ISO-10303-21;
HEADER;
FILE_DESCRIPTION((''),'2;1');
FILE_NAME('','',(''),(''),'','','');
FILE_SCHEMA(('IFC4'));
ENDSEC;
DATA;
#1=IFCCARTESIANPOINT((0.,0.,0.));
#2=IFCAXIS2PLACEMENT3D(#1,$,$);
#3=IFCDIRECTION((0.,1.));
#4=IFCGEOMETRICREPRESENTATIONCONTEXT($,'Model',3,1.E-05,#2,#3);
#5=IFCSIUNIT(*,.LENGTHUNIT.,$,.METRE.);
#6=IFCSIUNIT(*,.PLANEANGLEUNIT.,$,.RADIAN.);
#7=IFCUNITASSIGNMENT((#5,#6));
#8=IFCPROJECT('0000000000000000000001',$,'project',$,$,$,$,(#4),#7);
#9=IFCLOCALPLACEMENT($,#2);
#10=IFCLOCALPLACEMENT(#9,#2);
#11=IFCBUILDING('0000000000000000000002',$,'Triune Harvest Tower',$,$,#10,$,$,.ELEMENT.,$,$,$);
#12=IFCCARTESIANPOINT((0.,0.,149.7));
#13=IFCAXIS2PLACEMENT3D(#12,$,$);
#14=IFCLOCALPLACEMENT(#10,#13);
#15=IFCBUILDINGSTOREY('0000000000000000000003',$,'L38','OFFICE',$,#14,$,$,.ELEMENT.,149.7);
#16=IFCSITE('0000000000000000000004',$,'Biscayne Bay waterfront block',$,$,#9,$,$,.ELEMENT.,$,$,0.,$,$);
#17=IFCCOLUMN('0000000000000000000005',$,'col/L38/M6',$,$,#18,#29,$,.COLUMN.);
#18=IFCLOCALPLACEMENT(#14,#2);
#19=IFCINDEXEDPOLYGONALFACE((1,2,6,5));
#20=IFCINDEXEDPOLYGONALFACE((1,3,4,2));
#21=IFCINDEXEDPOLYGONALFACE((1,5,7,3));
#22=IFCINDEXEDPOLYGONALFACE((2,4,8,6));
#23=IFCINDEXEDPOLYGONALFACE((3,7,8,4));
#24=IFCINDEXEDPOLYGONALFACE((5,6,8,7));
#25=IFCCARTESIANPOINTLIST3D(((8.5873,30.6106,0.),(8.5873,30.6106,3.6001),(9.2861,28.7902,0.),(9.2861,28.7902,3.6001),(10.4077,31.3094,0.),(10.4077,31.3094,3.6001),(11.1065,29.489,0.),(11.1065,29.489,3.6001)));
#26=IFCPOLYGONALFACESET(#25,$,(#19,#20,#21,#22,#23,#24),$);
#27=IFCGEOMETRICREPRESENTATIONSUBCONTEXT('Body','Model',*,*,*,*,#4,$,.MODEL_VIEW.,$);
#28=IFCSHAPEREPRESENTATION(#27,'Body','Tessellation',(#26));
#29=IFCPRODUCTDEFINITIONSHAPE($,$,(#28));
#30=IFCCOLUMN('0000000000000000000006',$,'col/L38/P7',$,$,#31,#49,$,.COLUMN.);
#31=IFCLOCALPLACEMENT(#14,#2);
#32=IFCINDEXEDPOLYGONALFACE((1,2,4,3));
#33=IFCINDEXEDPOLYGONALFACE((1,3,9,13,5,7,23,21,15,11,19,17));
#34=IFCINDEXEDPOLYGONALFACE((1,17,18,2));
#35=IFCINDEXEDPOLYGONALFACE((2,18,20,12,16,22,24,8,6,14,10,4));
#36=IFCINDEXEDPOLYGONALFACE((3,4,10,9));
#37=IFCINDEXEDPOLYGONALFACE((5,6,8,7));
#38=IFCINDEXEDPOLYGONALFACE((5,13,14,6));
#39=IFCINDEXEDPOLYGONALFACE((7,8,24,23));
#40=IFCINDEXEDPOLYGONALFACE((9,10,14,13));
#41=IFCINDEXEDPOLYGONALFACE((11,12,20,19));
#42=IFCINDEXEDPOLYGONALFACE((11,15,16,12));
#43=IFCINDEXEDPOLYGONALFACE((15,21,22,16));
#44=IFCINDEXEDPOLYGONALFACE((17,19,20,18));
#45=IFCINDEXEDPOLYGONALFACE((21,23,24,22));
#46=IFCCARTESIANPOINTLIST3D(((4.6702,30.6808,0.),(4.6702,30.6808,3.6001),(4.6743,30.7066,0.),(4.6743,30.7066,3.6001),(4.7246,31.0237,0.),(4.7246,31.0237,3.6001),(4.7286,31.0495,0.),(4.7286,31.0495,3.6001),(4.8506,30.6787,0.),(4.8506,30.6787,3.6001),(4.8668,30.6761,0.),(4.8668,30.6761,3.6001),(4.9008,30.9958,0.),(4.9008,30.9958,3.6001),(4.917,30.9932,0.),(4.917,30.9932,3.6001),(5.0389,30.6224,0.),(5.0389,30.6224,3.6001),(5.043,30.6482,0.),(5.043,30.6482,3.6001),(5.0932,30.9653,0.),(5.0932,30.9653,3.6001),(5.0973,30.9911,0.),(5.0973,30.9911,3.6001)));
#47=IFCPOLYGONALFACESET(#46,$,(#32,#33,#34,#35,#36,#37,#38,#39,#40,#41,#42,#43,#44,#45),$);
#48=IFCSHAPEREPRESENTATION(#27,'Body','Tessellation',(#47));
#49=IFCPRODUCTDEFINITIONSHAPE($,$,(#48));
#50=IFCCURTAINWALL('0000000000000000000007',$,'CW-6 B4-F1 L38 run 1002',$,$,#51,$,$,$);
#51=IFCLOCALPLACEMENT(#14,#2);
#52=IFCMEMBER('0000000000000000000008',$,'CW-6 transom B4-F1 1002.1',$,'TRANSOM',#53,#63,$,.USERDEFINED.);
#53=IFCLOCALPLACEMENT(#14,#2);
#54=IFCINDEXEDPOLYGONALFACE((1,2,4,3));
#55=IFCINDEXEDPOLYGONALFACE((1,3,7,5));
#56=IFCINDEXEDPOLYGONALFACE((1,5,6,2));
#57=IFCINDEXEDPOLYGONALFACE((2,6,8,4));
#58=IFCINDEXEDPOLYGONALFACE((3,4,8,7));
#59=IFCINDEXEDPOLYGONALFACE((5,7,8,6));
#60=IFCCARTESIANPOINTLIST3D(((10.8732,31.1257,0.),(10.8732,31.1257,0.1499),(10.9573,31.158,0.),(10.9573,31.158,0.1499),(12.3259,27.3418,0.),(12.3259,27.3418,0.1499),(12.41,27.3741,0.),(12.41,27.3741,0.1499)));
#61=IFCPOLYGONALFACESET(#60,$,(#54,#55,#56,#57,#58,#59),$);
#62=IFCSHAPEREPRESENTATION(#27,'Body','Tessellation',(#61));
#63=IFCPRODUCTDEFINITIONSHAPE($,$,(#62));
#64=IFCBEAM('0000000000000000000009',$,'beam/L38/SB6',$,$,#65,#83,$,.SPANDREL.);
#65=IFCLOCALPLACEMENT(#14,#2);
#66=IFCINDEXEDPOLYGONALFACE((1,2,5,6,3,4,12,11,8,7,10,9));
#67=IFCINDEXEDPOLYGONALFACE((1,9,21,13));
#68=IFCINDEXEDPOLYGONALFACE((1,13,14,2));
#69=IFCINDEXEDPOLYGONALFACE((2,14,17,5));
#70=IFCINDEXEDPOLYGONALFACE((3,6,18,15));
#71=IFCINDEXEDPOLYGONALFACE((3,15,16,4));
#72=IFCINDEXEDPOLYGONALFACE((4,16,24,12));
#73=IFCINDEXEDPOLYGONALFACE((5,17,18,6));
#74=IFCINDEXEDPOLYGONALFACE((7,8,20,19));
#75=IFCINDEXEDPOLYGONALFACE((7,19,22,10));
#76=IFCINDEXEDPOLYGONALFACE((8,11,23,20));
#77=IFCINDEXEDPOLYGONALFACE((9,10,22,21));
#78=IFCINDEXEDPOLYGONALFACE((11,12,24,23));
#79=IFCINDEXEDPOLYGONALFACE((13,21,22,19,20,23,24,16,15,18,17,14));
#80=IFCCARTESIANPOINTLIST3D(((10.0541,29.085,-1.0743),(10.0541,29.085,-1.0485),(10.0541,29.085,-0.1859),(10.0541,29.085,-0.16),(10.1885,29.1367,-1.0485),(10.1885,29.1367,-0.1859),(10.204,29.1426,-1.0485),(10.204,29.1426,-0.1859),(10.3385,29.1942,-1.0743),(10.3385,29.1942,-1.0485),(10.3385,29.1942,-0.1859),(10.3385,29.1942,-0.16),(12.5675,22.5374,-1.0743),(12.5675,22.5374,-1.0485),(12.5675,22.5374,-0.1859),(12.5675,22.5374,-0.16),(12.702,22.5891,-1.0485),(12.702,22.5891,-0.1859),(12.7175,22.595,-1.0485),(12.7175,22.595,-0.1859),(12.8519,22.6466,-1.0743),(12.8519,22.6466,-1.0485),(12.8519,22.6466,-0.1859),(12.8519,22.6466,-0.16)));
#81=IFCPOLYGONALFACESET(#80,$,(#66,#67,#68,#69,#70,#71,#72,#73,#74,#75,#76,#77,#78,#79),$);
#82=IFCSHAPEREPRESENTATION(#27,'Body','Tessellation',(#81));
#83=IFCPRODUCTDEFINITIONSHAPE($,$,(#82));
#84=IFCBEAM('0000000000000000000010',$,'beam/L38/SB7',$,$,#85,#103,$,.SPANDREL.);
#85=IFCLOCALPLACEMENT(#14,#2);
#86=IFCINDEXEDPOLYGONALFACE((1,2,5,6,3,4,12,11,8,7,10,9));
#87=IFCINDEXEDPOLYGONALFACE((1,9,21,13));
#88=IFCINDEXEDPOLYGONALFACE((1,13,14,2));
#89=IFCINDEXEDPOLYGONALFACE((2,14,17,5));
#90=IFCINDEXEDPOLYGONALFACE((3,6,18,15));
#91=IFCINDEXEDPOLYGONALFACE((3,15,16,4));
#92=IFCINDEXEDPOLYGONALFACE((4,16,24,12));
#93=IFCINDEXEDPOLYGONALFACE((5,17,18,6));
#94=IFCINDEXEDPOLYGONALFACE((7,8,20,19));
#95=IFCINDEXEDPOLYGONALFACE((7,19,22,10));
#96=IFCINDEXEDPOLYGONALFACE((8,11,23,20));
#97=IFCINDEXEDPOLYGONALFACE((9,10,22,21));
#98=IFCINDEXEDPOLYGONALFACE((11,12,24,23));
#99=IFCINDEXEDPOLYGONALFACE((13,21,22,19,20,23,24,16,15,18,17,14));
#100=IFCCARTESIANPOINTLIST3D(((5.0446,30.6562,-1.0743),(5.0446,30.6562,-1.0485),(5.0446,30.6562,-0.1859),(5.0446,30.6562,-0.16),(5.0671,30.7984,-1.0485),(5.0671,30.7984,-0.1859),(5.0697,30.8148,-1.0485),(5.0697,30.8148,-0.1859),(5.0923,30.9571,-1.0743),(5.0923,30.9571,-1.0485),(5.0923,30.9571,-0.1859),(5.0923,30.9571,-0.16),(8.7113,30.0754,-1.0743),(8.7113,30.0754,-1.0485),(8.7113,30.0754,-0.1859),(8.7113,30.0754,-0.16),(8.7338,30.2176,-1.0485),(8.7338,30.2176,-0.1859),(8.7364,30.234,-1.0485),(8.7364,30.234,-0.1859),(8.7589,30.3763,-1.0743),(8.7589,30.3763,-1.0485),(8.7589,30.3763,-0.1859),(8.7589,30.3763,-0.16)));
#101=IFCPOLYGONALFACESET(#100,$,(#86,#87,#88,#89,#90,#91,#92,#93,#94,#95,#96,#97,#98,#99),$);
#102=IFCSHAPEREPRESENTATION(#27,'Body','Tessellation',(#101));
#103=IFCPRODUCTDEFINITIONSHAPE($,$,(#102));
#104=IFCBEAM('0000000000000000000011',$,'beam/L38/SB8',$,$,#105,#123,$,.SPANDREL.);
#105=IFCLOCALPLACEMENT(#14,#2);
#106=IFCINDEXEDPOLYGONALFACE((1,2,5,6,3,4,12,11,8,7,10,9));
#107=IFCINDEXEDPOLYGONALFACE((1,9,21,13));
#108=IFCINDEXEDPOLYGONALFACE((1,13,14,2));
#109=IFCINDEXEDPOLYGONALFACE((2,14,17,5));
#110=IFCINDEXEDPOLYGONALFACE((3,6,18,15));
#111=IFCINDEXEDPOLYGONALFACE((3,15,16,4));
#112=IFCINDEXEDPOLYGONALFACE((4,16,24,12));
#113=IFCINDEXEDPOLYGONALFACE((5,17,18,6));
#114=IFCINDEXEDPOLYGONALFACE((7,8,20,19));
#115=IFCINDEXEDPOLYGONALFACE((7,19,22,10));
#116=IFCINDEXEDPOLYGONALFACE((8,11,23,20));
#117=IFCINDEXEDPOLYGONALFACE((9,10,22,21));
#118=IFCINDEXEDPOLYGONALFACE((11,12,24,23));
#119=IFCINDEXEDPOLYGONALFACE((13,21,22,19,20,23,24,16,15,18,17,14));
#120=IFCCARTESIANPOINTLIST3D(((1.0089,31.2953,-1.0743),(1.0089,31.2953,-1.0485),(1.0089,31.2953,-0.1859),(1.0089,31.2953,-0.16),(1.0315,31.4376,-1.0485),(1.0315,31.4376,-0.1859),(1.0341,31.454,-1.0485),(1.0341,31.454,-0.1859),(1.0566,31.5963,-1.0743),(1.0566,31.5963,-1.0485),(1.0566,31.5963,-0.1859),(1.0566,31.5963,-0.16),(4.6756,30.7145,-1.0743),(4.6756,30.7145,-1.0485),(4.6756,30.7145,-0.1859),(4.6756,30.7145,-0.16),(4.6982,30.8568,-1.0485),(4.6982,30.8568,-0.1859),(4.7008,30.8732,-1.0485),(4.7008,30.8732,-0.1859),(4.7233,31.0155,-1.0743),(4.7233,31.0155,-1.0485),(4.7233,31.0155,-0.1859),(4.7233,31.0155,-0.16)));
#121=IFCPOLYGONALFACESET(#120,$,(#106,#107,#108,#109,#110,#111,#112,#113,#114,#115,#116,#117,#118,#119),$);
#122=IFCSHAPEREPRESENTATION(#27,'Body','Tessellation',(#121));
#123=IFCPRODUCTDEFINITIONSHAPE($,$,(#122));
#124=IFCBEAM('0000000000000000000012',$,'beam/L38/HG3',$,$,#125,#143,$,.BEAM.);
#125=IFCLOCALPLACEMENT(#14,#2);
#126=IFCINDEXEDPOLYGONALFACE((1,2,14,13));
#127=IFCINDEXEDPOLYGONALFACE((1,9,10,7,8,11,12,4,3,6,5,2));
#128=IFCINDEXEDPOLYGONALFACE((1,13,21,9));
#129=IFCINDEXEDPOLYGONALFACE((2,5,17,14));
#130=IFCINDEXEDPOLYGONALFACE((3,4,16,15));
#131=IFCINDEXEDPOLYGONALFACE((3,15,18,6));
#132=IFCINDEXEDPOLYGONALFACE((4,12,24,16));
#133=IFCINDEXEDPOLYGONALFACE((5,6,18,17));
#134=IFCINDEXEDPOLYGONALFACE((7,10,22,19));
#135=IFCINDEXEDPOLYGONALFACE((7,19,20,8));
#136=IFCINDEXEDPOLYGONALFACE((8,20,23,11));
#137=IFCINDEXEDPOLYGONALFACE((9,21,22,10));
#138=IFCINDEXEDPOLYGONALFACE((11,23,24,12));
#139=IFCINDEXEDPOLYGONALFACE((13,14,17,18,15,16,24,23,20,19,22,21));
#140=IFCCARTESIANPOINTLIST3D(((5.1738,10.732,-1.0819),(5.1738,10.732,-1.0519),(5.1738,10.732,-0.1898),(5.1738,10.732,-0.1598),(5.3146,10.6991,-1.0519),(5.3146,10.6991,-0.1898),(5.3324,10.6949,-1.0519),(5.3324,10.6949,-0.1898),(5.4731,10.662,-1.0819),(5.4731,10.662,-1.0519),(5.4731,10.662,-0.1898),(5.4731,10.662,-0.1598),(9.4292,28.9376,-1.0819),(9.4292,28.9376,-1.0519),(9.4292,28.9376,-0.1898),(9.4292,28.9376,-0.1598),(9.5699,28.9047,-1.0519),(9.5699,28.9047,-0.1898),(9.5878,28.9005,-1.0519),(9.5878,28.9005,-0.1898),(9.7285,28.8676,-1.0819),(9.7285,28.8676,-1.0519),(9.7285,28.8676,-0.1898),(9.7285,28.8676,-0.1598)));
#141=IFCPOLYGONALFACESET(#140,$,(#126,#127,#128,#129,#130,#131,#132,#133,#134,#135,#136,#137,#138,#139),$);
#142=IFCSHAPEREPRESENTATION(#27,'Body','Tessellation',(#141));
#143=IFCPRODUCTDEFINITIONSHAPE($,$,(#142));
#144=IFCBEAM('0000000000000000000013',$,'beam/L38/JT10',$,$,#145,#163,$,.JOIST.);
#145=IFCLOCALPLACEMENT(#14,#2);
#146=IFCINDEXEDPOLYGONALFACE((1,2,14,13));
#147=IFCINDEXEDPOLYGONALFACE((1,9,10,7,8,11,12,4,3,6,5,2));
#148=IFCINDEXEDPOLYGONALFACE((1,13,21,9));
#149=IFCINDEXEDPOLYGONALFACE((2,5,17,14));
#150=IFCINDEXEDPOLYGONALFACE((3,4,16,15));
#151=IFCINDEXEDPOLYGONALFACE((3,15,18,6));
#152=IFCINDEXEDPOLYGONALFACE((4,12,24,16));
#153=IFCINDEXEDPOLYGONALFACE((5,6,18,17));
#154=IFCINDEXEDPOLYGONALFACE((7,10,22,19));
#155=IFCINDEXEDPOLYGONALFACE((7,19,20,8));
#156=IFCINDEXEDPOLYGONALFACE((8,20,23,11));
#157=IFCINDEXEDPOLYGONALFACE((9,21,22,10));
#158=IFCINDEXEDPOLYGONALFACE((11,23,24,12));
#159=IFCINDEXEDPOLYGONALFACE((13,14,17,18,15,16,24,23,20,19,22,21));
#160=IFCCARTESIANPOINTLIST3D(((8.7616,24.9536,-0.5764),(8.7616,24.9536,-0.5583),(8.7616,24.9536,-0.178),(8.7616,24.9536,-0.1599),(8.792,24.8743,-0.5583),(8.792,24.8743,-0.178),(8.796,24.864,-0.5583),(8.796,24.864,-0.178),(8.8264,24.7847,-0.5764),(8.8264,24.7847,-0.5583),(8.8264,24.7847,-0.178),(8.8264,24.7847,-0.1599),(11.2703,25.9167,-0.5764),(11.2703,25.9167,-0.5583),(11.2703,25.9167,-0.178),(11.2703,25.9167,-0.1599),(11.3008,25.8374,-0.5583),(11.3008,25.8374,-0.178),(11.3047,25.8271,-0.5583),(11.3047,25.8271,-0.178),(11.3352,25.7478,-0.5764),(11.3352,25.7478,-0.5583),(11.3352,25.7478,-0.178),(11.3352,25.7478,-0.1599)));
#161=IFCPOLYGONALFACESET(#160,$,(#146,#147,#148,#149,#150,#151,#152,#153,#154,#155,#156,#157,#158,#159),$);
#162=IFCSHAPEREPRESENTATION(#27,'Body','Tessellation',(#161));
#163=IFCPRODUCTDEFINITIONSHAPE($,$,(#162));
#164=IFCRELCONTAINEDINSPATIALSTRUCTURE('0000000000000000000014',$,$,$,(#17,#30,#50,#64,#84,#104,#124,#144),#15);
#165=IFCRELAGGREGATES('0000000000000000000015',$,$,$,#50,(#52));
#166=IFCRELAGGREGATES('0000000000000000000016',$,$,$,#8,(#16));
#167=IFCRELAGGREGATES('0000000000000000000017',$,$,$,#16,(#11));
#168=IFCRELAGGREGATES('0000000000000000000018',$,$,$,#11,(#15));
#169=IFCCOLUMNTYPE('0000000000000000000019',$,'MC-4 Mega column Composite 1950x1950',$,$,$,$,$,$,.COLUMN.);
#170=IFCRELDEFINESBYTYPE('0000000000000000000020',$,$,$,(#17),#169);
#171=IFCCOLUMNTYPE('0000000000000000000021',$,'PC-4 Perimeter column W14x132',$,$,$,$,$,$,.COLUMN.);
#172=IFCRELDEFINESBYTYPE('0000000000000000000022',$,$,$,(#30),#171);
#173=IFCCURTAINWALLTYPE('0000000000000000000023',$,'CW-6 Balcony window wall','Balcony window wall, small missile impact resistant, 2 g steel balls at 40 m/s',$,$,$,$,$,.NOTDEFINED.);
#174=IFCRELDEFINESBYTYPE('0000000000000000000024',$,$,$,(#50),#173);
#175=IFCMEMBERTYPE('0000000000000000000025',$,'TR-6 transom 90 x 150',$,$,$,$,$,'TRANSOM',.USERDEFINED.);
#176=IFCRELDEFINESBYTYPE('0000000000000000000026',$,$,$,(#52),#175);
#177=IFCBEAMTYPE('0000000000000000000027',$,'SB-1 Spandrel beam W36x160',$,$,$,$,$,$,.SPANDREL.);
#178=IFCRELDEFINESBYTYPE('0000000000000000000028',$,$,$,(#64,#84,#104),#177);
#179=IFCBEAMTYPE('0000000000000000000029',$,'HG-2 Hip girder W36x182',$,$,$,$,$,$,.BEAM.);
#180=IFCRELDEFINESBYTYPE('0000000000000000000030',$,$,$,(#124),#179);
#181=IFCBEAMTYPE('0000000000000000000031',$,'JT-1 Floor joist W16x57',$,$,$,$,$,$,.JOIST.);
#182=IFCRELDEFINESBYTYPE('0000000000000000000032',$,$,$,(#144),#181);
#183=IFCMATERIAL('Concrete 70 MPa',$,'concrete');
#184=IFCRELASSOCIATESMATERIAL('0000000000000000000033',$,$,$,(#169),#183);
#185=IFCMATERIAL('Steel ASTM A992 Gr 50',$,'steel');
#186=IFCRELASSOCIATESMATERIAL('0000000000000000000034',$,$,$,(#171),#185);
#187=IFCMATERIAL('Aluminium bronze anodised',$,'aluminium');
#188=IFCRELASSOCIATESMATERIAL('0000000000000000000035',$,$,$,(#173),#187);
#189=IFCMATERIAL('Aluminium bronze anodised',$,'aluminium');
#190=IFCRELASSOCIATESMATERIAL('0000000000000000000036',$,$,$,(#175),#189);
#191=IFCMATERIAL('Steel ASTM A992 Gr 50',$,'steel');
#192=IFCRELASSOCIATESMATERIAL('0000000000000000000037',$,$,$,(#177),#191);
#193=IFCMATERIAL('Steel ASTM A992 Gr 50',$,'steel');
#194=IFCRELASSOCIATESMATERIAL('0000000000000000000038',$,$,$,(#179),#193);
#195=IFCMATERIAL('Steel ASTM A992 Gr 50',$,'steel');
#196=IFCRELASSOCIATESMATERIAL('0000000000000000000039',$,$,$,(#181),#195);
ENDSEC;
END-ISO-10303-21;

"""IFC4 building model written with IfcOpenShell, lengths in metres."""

from ifc_helpers import new_model, si_unit, direction, frame, origin, origin_2d, place, context, subcontext, project, spatial, rectangle, i_section, extrude, source, transform, mapped, material, material_profile, profile_set, type_object, element, aggregate, save


model = new_model("IFC4")

# Units and contexts
model_context = context("Model", 3, precision=1e-05, world=origin(), true_north=direction((0.0, 1.0)))
body_context = subcontext(model_context, "Body", "Model", "MODEL_VIEW")
ifc_project = project(units=[si_unit("LENGTHUNIT", "METRE"), si_unit("PLANEANGLEUNIT", "RADIAN")], contexts=[model_context])

# Site, building, storey
site_placement = place(None, origin())
site = spatial("IfcSite", under=ifc_project, at=site_placement, Name="Biscayne Bay waterfront block", CompositionType="ELEMENT", RefElevation=0.0)
building_placement = place(site_placement, origin())
building = spatial("IfcBuilding", under=site, at=building_placement, Name="Triune Harvest Tower", CompositionType="ELEMENT")
storey_placement = place(building_placement, frame((0.0, 0.0, 149.7)))
storey = spatial("IfcBuildingStorey", under=building, at=storey_placement, Name="L38", Description="OFFICE", CompositionType="ELEMENT", Elevation=149.7)

# Columns
ifc_material_1 = material(Name="Concrete 70 MPa", Category="concrete")
ifc_material_profile_1 = material_profile(ifc_material_1, rectangle(XDim=1.95, YDim=1.95, at=origin_2d()), Name="Composite 1950x1950")
ifc_profile_set_1 = profile_set([ifc_material_profile_1], Name="Concrete 70 MPa")
column_type_1 = type_object("IfcColumnType", Name="MC-4 Mega column Composite 1950x1950", PredefinedType="COLUMN", material=ifc_profile_set_1)
shared_shape_1 = source(origin(), body_context, "Body", "SweptSolid", [
    extrude(rectangle(XDim=1.95, YDim=1.95, at=origin_2d()), origin(), (0.0, 0.0, 1.0), 3.6001),
])
column_1_placement = place(storey_placement, frame((9.8469, 30.0498, 0.0), z_axis=(0.0, 0.0, 1.0), x_axis=(-0.358368, 0.93358, 0.0)))
element("IfcColumn", 1, at=column_1_placement, inside=storey, type_object=column_type_1, Name="col/L38/M6", PredefinedType="COLUMN", context=body_context, shape_type="MappedRepresentation", body=[
    mapped(shared_shape_1, transform((0.0, 0.0, 0.0), scale=1.0)),
])
ifc_material_2 = material(Name="Steel ASTM A992 Gr 50", Category="steel")
ifc_material_profile_2 = material_profile(ifc_material_2, i_section(OverallWidth=0.3733, OverallDepth=0.3733, WebThickness=0.0164, FlangeThickness=0.0261, at=origin_2d()), Name="W14x132")
ifc_profile_set_2 = profile_set([ifc_material_profile_2], Name="Steel ASTM A992 Gr 50")
column_type_2 = type_object("IfcColumnType", Name="PC-4 Perimeter column W14x132", PredefinedType="COLUMN", material=ifc_profile_set_2)
shared_shape_2 = source(origin(), body_context, "Body", "SweptSolid", [
    extrude(i_section(OverallWidth=0.3733, OverallDepth=0.3733, WebThickness=0.0164, FlangeThickness=0.0261, at=origin_2d()), origin(), (0.0, 0.0, 1.0), 3.6001),
])
column_2_placement = place(storey_placement, frame((4.8838, 30.8359, 0.0), z_axis=(0.0, 0.0, 1.0), x_axis=(-0.987688, 0.156434, 0.0)))
element("IfcColumn", 2, at=column_2_placement, inside=storey, type_object=column_type_2, Name="col/L38/P7", PredefinedType="COLUMN", context=body_context, shape_type="MappedRepresentation", body=[
    mapped(shared_shape_2, transform((0.0, 0.0, 0.0), scale=1.0)),
])

# Curtain wall, member
ifc_material_3 = material(Name="Aluminium bronze anodised", Category="aluminium")
curtain_wall_type_1 = type_object("IfcCurtainWallType", Name="CW-6 Balcony window wall", Description="Balcony window wall, small missile impact resistant, 2 g steel balls at 40 m/s", PredefinedType="NOTDEFINED", material=ifc_material_3)
curtain_wall_1_placement = place(storey_placement, origin())
curtain_wall_1 = element("IfcCurtainWall", 3, at=curtain_wall_1_placement, inside=storey, type_object=curtain_wall_type_1, Name="CW-6 B4-F1 L38 run 1002")
ifc_material_4 = material(Name="Aluminium bronze anodised", Category="aluminium")
ifc_material_profile_3 = material_profile(ifc_material_4, rectangle(XDim=0.0901, YDim=0.1499, at=origin_2d()), Name="TR-6 transom 90 x 150")
ifc_profile_set_3 = profile_set([ifc_material_profile_3], Name="Aluminium bronze anodised")
member_type_1 = type_object("IfcMemberType", Name="TR-6 transom 90 x 150", ElementType="TRANSOM", PredefinedType="USERDEFINED", material=ifc_profile_set_3)
member_1_placement = place(storey_placement, frame((12.3679, 27.3579, 0.075), z_axis=(-0.358394, 0.933571, 0.0), x_axis=(-0.933571, -0.358394, 0.0)))
member_1 = element("IfcMember", 4, at=member_1_placement, type_object=member_type_1, Name="CW-6 transom B4-F1 1002.1", ObjectType="TRANSOM", PredefinedType="USERDEFINED", context=body_context, shape_type="SweptSolid", body=[
    extrude(rectangle(XDim=0.0901, YDim=0.1499, at=origin_2d()), origin(), (0.0, 0.0, 1.0), 4.0532),
])

# Beams
ifc_material_5 = material(Name="Steel ASTM A992 Gr 50", Category="steel")
ifc_material_profile_4 = material_profile(ifc_material_5, i_section(OverallWidth=0.3047, OverallDepth=0.9143, WebThickness=0.0166, FlangeThickness=0.0259, at=origin_2d()), Name="W36x160")
ifc_profile_set_4 = profile_set([ifc_material_profile_4], Name="Steel ASTM A992 Gr 50")
beam_type_1 = type_object("IfcBeamType", Name="SB-1 Spandrel beam W36x160", PredefinedType="SPANDREL", material=ifc_profile_set_4)
shared_shape_3 = source(origin(), body_context, "Body", "SweptSolid", [
    extrude(i_section(OverallWidth=0.3047, OverallDepth=0.9143, WebThickness=0.0166, FlangeThickness=0.0259, at=origin_2d()), origin(), (0.0, 0.0, 1.0), 7.0134),
])
beam_1_placement = place(storey_placement, frame((12.7097, 22.592, -0.6172), z_axis=(-0.358373, 0.933579, 0.0), x_axis=(-0.933579, -0.358373, 0.0)))
element("IfcBeam", 5, at=beam_1_placement, inside=storey, type_object=beam_type_1, Name="beam/L38/SB6", PredefinedType="SPANDREL", context=body_context, shape_type="MappedRepresentation", body=[
    mapped(shared_shape_3, transform((0.0, 0.0, 0.0), scale=1.0)),
])
shared_shape_4 = source(origin(), body_context, "Body", "SweptSolid", [
    extrude(i_section(OverallWidth=0.3047, OverallDepth=0.9143, WebThickness=0.0166, FlangeThickness=0.0259, at=origin_2d()), origin(), (0.0, 0.0, 1.0), 3.7124),
])
for number, where, z_axis, x_axis, name in (
    (6, (8.7351, 30.2258, -0.6172), (-0.987686, 0.156449, 0.0), (-0.156449, -0.987686, 0.0), "beam/L38/SB7"),
    (7, (4.6995, 30.865, -0.6172), (-0.987686, 0.156449, 0.0), (-0.156449, -0.987686, 0.0), "beam/L38/SB8"),
):
    element("IfcBeam", number, at=place(storey_placement, frame(where, z_axis=z_axis, x_axis=x_axis)), inside=storey, type_object=beam_type_1, Name=name, PredefinedType="SPANDREL", context=body_context, shape_type="MappedRepresentation", body=[
        mapped(shared_shape_4, transform((0.0, 0.0, 0.0), scale=1.0)),
    ])
ifc_material_6 = material(Name="Steel ASTM A992 Gr 50", Category="steel")
ifc_material_profile_5 = material_profile(ifc_material_6, i_section(OverallWidth=0.3074, OverallDepth=0.9221, WebThickness=0.0183, FlangeThickness=0.03, at=origin_2d()), Name="W36x182")
ifc_profile_set_5 = profile_set([ifc_material_profile_5], Name="Steel ASTM A992 Gr 50")
beam_type_2 = type_object("IfcBeamType", Name="HG-2 Hip girder W36x182", PredefinedType="BEAM", material=ifc_profile_set_5)
shared_shape_5 = source(origin(), body_context, "Body", "SweptSolid", [
    extrude(i_section(OverallWidth=0.3074, OverallDepth=0.9221, WebThickness=0.0183, FlangeThickness=0.03, at=origin_2d()), origin(), (0.0, 0.0, 1.0), 18.6963),
])
beam_2_placement = place(storey_placement, frame((9.5789, 28.9026, -0.6208), z_axis=(-0.227605, -0.973753, 0.0), x_axis=(0.973753, -0.227605, 0.0)))
element("IfcBeam", 8, at=beam_2_placement, inside=storey, type_object=beam_type_2, Name="beam/L38/HG3", PredefinedType="BEAM", context=body_context, shape_type="MappedRepresentation", body=[
    mapped(shared_shape_5, transform((0.0, 0.0, 0.0), scale=1.0)),
])
ifc_material_7 = material(Name="Steel ASTM A992 Gr 50", Category="steel")
ifc_material_profile_6 = material_profile(ifc_material_7, i_section(OverallWidth=0.1809, OverallDepth=0.4165, WebThickness=0.011, FlangeThickness=0.0181, at=origin_2d()), Name="W16x57")
ifc_profile_set_6 = profile_set([ifc_material_profile_6], Name="Steel ASTM A992 Gr 50")
beam_type_3 = type_object("IfcBeamType", Name="JT-1 Floor joist W16x57", PredefinedType="JOIST", material=ifc_profile_set_6)
shared_shape_6 = source(origin(), body_context, "Body", "SweptSolid", [
    extrude(i_section(OverallWidth=0.1809, OverallDepth=0.4165, WebThickness=0.011, FlangeThickness=0.0181, at=origin_2d()), origin(), (0.0, 0.0, 1.0), 2.6873),
])
beam_3_placement = place(storey_placement, frame((11.3027, 25.8323, -0.3682), z_axis=(-0.933568, -0.358401, 0.0), x_axis=(0.358401, -0.933568, 0.0)))
element("IfcBeam", 9, at=beam_3_placement, inside=storey, type_object=beam_type_3, Name="beam/L38/JT10", PredefinedType="JOIST", context=body_context, shape_type="MappedRepresentation", body=[
    mapped(shared_shape_6, transform((0.0, 0.0, 0.0), scale=1.0)),
])

aggregate(curtain_wall_1, [member_1])

save(model, "model.ifc")
